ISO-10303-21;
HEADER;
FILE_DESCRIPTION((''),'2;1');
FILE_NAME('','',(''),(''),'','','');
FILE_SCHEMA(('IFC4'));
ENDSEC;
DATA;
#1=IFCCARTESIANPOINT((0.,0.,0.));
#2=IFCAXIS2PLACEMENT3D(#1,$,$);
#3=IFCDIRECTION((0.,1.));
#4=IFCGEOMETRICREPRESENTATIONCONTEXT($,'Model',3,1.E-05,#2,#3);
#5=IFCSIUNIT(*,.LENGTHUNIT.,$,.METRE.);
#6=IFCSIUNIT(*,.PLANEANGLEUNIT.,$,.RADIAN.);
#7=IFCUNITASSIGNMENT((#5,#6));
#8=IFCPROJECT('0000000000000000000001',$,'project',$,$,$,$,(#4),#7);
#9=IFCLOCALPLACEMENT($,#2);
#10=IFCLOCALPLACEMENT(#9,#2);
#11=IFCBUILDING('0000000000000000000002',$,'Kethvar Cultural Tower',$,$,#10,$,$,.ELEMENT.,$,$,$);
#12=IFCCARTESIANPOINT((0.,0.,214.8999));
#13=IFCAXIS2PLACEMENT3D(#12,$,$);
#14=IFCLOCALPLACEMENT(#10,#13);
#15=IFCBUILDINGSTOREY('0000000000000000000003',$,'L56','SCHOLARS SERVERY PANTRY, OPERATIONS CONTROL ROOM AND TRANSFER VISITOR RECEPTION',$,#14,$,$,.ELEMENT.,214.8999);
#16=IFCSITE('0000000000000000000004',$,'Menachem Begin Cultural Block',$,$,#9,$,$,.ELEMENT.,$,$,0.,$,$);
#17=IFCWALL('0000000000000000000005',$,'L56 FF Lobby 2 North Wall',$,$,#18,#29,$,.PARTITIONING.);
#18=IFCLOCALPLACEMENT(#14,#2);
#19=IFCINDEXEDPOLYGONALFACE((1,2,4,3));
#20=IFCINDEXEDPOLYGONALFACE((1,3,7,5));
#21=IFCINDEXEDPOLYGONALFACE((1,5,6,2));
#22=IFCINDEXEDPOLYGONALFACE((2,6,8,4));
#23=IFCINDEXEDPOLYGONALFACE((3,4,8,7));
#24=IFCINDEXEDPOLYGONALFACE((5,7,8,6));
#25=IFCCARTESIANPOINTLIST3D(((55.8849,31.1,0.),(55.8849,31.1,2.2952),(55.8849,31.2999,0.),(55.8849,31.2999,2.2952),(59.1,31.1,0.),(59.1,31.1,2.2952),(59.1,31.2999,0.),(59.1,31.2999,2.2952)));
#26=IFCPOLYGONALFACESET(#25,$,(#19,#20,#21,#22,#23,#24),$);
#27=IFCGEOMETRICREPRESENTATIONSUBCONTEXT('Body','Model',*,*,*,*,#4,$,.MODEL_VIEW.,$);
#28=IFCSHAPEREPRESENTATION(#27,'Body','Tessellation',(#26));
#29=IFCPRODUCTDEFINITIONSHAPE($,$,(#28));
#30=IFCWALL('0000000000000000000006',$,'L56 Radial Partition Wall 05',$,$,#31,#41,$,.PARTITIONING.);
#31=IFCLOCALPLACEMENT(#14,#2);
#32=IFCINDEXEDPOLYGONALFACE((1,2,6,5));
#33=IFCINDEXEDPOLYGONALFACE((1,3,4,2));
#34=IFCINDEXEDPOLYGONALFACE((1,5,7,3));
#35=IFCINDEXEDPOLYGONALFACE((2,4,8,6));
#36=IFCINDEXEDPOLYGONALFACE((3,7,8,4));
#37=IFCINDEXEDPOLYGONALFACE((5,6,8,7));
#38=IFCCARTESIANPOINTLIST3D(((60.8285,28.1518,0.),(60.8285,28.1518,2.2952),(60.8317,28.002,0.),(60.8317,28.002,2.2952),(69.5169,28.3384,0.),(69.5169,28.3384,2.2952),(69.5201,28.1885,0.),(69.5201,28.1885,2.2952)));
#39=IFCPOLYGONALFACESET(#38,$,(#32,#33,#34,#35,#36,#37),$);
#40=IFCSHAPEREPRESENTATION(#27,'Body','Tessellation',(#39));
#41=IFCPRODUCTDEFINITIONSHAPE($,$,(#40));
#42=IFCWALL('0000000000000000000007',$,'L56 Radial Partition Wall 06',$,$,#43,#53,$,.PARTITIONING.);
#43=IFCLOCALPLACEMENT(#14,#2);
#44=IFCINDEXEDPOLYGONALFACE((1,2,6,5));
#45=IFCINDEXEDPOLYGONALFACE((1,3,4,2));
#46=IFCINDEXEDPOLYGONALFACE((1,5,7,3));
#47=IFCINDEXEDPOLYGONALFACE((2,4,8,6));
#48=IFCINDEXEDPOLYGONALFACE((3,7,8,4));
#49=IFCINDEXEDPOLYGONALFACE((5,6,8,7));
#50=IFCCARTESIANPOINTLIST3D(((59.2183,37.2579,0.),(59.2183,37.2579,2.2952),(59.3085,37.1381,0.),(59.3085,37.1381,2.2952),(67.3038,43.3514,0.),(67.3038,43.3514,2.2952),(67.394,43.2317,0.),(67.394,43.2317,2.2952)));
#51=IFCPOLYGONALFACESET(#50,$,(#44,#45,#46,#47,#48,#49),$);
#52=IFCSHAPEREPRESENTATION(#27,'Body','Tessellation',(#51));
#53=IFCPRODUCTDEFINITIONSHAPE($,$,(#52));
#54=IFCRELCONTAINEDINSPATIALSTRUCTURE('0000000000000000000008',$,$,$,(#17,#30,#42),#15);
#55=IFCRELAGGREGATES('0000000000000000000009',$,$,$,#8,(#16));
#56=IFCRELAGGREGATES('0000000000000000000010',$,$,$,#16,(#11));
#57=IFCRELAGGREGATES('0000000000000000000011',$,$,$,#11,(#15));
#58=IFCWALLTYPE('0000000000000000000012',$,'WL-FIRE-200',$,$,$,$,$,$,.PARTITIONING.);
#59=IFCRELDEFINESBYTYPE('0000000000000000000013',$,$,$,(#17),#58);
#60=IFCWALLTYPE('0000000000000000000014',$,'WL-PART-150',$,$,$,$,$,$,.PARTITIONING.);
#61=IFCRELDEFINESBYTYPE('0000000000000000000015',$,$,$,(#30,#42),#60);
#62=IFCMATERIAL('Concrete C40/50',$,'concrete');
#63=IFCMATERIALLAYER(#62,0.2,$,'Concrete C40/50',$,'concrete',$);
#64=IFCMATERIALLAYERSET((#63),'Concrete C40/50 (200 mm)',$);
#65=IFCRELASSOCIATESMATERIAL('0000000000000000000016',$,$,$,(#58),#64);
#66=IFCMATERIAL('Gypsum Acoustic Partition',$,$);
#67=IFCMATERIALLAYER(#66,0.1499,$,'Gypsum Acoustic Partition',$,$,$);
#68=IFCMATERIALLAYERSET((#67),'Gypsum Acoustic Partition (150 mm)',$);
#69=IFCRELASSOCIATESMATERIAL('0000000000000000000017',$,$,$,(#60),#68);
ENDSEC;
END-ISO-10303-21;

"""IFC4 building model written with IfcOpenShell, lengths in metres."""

from ifc_helpers import new_model, si_unit, direction, frame, frame_2d, origin, place, context, subcontext, project, spatial, rectangle, extrude, material, layer, layer_set, type_object, element, save


model = new_model("IFC4")

# Units and contexts
model_context = context("Model", 3, precision=1e-05, world=origin(), true_north=direction((0.0, 1.0)))
body_context = subcontext(model_context, "Body", "Model", "MODEL_VIEW")
ifc_project = project(units=[si_unit("LENGTHUNIT", "METRE"), si_unit("PLANEANGLEUNIT", "RADIAN")], contexts=[model_context])

# Site, building, storey
site_placement = place(None, origin())
site = spatial("IfcSite", under=ifc_project, at=site_placement, Name="Menachem Begin Cultural Block", CompositionType="ELEMENT", RefElevation=0.0)
building_placement = place(site_placement, origin())
building = spatial("IfcBuilding", under=site, at=building_placement, Name="Kethvar Cultural Tower", CompositionType="ELEMENT")
storey_placement = place(building_placement, frame((0.0, 0.0, 214.8999)))
storey = spatial("IfcBuildingStorey", under=building, at=storey_placement, Name="L56", Description="SCHOLARS SERVERY PANTRY, OPERATIONS CONTROL ROOM AND TRANSFER VISITOR RECEPTION", CompositionType="ELEMENT", Elevation=214.8999)

# Walls
ifc_material_1 = material(Name="Concrete C40/50", Category="concrete")
ifc_layer_1 = layer(ifc_material_1, 0.2, Name="Concrete C40/50", Category="concrete")
ifc_layer_set_1 = layer_set([ifc_layer_1], Name="Concrete C40/50 (200 mm)")
wall_type_1 = type_object("IfcWallType", Name="WL-FIRE-200", PredefinedType="PARTITIONING", material=ifc_layer_set_1)
wall_1_placement = place(storey_placement, frame((55.885, 31.2, 0.0), z_axis=(0.0, 0.0, 1.0), x_axis=(1.0, 0.0, 0.0)))
element("IfcWall", 1, at=wall_1_placement, inside=storey, type_object=wall_type_1, Name="L56 FF Lobby 2 North Wall", PredefinedType="PARTITIONING", context=body_context, shape_type="SweptSolid", body=[
    extrude(rectangle(XDim=3.2151, YDim=0.2, at=frame_2d((1.6074, 0.0))), origin(), (0.0, 0.0, 1.0), 2.2952),
])
ifc_material_2 = material(Name="Gypsum Acoustic Partition")
ifc_layer_2 = layer(ifc_material_2, 0.1499, Name="Gypsum Acoustic Partition")
ifc_layer_set_2 = layer_set([ifc_layer_2], Name="Gypsum Acoustic Partition (150 mm)")
wall_type_2 = type_object("IfcWallType", Name="WL-PART-150", PredefinedType="PARTITIONING", material=ifc_layer_set_2)
wall_2_placement = place(storey_placement, frame((60.8301, 28.0769, 0.0), z_axis=(0.0, 0.0, 1.0), x_axis=(0.99977, 0.021463, 0.0)))
element("IfcWall", 2, at=wall_2_placement, inside=storey, type_object=wall_type_2, Name="L56 Radial Partition Wall 05", PredefinedType="PARTITIONING", context=body_context, shape_type="SweptSolid", body=[
    extrude(rectangle(XDim=8.6904, YDim=0.1499, at=frame_2d((4.3452, 0.0))), origin(), (0.0, 0.0, 1.0), 2.2952),
])
wall_3_placement = place(storey_placement, frame((59.2634, 37.198, 0.0), z_axis=(0.0, 0.0, 1.0), x_axis=(0.798603, 0.601858, 0.0)))
element("IfcWall", 3, at=wall_3_placement, inside=storey, type_object=wall_type_2, Name="L56 Radial Partition Wall 06", PredefinedType="PARTITIONING", context=body_context, shape_type="SweptSolid", body=[
    extrude(rectangle(XDim=10.1245, YDim=0.1499, at=frame_2d((5.0623, 0.0))), origin(), (0.0, 0.0, 1.0), 2.2952),
])

save(model, "model.ifc")
